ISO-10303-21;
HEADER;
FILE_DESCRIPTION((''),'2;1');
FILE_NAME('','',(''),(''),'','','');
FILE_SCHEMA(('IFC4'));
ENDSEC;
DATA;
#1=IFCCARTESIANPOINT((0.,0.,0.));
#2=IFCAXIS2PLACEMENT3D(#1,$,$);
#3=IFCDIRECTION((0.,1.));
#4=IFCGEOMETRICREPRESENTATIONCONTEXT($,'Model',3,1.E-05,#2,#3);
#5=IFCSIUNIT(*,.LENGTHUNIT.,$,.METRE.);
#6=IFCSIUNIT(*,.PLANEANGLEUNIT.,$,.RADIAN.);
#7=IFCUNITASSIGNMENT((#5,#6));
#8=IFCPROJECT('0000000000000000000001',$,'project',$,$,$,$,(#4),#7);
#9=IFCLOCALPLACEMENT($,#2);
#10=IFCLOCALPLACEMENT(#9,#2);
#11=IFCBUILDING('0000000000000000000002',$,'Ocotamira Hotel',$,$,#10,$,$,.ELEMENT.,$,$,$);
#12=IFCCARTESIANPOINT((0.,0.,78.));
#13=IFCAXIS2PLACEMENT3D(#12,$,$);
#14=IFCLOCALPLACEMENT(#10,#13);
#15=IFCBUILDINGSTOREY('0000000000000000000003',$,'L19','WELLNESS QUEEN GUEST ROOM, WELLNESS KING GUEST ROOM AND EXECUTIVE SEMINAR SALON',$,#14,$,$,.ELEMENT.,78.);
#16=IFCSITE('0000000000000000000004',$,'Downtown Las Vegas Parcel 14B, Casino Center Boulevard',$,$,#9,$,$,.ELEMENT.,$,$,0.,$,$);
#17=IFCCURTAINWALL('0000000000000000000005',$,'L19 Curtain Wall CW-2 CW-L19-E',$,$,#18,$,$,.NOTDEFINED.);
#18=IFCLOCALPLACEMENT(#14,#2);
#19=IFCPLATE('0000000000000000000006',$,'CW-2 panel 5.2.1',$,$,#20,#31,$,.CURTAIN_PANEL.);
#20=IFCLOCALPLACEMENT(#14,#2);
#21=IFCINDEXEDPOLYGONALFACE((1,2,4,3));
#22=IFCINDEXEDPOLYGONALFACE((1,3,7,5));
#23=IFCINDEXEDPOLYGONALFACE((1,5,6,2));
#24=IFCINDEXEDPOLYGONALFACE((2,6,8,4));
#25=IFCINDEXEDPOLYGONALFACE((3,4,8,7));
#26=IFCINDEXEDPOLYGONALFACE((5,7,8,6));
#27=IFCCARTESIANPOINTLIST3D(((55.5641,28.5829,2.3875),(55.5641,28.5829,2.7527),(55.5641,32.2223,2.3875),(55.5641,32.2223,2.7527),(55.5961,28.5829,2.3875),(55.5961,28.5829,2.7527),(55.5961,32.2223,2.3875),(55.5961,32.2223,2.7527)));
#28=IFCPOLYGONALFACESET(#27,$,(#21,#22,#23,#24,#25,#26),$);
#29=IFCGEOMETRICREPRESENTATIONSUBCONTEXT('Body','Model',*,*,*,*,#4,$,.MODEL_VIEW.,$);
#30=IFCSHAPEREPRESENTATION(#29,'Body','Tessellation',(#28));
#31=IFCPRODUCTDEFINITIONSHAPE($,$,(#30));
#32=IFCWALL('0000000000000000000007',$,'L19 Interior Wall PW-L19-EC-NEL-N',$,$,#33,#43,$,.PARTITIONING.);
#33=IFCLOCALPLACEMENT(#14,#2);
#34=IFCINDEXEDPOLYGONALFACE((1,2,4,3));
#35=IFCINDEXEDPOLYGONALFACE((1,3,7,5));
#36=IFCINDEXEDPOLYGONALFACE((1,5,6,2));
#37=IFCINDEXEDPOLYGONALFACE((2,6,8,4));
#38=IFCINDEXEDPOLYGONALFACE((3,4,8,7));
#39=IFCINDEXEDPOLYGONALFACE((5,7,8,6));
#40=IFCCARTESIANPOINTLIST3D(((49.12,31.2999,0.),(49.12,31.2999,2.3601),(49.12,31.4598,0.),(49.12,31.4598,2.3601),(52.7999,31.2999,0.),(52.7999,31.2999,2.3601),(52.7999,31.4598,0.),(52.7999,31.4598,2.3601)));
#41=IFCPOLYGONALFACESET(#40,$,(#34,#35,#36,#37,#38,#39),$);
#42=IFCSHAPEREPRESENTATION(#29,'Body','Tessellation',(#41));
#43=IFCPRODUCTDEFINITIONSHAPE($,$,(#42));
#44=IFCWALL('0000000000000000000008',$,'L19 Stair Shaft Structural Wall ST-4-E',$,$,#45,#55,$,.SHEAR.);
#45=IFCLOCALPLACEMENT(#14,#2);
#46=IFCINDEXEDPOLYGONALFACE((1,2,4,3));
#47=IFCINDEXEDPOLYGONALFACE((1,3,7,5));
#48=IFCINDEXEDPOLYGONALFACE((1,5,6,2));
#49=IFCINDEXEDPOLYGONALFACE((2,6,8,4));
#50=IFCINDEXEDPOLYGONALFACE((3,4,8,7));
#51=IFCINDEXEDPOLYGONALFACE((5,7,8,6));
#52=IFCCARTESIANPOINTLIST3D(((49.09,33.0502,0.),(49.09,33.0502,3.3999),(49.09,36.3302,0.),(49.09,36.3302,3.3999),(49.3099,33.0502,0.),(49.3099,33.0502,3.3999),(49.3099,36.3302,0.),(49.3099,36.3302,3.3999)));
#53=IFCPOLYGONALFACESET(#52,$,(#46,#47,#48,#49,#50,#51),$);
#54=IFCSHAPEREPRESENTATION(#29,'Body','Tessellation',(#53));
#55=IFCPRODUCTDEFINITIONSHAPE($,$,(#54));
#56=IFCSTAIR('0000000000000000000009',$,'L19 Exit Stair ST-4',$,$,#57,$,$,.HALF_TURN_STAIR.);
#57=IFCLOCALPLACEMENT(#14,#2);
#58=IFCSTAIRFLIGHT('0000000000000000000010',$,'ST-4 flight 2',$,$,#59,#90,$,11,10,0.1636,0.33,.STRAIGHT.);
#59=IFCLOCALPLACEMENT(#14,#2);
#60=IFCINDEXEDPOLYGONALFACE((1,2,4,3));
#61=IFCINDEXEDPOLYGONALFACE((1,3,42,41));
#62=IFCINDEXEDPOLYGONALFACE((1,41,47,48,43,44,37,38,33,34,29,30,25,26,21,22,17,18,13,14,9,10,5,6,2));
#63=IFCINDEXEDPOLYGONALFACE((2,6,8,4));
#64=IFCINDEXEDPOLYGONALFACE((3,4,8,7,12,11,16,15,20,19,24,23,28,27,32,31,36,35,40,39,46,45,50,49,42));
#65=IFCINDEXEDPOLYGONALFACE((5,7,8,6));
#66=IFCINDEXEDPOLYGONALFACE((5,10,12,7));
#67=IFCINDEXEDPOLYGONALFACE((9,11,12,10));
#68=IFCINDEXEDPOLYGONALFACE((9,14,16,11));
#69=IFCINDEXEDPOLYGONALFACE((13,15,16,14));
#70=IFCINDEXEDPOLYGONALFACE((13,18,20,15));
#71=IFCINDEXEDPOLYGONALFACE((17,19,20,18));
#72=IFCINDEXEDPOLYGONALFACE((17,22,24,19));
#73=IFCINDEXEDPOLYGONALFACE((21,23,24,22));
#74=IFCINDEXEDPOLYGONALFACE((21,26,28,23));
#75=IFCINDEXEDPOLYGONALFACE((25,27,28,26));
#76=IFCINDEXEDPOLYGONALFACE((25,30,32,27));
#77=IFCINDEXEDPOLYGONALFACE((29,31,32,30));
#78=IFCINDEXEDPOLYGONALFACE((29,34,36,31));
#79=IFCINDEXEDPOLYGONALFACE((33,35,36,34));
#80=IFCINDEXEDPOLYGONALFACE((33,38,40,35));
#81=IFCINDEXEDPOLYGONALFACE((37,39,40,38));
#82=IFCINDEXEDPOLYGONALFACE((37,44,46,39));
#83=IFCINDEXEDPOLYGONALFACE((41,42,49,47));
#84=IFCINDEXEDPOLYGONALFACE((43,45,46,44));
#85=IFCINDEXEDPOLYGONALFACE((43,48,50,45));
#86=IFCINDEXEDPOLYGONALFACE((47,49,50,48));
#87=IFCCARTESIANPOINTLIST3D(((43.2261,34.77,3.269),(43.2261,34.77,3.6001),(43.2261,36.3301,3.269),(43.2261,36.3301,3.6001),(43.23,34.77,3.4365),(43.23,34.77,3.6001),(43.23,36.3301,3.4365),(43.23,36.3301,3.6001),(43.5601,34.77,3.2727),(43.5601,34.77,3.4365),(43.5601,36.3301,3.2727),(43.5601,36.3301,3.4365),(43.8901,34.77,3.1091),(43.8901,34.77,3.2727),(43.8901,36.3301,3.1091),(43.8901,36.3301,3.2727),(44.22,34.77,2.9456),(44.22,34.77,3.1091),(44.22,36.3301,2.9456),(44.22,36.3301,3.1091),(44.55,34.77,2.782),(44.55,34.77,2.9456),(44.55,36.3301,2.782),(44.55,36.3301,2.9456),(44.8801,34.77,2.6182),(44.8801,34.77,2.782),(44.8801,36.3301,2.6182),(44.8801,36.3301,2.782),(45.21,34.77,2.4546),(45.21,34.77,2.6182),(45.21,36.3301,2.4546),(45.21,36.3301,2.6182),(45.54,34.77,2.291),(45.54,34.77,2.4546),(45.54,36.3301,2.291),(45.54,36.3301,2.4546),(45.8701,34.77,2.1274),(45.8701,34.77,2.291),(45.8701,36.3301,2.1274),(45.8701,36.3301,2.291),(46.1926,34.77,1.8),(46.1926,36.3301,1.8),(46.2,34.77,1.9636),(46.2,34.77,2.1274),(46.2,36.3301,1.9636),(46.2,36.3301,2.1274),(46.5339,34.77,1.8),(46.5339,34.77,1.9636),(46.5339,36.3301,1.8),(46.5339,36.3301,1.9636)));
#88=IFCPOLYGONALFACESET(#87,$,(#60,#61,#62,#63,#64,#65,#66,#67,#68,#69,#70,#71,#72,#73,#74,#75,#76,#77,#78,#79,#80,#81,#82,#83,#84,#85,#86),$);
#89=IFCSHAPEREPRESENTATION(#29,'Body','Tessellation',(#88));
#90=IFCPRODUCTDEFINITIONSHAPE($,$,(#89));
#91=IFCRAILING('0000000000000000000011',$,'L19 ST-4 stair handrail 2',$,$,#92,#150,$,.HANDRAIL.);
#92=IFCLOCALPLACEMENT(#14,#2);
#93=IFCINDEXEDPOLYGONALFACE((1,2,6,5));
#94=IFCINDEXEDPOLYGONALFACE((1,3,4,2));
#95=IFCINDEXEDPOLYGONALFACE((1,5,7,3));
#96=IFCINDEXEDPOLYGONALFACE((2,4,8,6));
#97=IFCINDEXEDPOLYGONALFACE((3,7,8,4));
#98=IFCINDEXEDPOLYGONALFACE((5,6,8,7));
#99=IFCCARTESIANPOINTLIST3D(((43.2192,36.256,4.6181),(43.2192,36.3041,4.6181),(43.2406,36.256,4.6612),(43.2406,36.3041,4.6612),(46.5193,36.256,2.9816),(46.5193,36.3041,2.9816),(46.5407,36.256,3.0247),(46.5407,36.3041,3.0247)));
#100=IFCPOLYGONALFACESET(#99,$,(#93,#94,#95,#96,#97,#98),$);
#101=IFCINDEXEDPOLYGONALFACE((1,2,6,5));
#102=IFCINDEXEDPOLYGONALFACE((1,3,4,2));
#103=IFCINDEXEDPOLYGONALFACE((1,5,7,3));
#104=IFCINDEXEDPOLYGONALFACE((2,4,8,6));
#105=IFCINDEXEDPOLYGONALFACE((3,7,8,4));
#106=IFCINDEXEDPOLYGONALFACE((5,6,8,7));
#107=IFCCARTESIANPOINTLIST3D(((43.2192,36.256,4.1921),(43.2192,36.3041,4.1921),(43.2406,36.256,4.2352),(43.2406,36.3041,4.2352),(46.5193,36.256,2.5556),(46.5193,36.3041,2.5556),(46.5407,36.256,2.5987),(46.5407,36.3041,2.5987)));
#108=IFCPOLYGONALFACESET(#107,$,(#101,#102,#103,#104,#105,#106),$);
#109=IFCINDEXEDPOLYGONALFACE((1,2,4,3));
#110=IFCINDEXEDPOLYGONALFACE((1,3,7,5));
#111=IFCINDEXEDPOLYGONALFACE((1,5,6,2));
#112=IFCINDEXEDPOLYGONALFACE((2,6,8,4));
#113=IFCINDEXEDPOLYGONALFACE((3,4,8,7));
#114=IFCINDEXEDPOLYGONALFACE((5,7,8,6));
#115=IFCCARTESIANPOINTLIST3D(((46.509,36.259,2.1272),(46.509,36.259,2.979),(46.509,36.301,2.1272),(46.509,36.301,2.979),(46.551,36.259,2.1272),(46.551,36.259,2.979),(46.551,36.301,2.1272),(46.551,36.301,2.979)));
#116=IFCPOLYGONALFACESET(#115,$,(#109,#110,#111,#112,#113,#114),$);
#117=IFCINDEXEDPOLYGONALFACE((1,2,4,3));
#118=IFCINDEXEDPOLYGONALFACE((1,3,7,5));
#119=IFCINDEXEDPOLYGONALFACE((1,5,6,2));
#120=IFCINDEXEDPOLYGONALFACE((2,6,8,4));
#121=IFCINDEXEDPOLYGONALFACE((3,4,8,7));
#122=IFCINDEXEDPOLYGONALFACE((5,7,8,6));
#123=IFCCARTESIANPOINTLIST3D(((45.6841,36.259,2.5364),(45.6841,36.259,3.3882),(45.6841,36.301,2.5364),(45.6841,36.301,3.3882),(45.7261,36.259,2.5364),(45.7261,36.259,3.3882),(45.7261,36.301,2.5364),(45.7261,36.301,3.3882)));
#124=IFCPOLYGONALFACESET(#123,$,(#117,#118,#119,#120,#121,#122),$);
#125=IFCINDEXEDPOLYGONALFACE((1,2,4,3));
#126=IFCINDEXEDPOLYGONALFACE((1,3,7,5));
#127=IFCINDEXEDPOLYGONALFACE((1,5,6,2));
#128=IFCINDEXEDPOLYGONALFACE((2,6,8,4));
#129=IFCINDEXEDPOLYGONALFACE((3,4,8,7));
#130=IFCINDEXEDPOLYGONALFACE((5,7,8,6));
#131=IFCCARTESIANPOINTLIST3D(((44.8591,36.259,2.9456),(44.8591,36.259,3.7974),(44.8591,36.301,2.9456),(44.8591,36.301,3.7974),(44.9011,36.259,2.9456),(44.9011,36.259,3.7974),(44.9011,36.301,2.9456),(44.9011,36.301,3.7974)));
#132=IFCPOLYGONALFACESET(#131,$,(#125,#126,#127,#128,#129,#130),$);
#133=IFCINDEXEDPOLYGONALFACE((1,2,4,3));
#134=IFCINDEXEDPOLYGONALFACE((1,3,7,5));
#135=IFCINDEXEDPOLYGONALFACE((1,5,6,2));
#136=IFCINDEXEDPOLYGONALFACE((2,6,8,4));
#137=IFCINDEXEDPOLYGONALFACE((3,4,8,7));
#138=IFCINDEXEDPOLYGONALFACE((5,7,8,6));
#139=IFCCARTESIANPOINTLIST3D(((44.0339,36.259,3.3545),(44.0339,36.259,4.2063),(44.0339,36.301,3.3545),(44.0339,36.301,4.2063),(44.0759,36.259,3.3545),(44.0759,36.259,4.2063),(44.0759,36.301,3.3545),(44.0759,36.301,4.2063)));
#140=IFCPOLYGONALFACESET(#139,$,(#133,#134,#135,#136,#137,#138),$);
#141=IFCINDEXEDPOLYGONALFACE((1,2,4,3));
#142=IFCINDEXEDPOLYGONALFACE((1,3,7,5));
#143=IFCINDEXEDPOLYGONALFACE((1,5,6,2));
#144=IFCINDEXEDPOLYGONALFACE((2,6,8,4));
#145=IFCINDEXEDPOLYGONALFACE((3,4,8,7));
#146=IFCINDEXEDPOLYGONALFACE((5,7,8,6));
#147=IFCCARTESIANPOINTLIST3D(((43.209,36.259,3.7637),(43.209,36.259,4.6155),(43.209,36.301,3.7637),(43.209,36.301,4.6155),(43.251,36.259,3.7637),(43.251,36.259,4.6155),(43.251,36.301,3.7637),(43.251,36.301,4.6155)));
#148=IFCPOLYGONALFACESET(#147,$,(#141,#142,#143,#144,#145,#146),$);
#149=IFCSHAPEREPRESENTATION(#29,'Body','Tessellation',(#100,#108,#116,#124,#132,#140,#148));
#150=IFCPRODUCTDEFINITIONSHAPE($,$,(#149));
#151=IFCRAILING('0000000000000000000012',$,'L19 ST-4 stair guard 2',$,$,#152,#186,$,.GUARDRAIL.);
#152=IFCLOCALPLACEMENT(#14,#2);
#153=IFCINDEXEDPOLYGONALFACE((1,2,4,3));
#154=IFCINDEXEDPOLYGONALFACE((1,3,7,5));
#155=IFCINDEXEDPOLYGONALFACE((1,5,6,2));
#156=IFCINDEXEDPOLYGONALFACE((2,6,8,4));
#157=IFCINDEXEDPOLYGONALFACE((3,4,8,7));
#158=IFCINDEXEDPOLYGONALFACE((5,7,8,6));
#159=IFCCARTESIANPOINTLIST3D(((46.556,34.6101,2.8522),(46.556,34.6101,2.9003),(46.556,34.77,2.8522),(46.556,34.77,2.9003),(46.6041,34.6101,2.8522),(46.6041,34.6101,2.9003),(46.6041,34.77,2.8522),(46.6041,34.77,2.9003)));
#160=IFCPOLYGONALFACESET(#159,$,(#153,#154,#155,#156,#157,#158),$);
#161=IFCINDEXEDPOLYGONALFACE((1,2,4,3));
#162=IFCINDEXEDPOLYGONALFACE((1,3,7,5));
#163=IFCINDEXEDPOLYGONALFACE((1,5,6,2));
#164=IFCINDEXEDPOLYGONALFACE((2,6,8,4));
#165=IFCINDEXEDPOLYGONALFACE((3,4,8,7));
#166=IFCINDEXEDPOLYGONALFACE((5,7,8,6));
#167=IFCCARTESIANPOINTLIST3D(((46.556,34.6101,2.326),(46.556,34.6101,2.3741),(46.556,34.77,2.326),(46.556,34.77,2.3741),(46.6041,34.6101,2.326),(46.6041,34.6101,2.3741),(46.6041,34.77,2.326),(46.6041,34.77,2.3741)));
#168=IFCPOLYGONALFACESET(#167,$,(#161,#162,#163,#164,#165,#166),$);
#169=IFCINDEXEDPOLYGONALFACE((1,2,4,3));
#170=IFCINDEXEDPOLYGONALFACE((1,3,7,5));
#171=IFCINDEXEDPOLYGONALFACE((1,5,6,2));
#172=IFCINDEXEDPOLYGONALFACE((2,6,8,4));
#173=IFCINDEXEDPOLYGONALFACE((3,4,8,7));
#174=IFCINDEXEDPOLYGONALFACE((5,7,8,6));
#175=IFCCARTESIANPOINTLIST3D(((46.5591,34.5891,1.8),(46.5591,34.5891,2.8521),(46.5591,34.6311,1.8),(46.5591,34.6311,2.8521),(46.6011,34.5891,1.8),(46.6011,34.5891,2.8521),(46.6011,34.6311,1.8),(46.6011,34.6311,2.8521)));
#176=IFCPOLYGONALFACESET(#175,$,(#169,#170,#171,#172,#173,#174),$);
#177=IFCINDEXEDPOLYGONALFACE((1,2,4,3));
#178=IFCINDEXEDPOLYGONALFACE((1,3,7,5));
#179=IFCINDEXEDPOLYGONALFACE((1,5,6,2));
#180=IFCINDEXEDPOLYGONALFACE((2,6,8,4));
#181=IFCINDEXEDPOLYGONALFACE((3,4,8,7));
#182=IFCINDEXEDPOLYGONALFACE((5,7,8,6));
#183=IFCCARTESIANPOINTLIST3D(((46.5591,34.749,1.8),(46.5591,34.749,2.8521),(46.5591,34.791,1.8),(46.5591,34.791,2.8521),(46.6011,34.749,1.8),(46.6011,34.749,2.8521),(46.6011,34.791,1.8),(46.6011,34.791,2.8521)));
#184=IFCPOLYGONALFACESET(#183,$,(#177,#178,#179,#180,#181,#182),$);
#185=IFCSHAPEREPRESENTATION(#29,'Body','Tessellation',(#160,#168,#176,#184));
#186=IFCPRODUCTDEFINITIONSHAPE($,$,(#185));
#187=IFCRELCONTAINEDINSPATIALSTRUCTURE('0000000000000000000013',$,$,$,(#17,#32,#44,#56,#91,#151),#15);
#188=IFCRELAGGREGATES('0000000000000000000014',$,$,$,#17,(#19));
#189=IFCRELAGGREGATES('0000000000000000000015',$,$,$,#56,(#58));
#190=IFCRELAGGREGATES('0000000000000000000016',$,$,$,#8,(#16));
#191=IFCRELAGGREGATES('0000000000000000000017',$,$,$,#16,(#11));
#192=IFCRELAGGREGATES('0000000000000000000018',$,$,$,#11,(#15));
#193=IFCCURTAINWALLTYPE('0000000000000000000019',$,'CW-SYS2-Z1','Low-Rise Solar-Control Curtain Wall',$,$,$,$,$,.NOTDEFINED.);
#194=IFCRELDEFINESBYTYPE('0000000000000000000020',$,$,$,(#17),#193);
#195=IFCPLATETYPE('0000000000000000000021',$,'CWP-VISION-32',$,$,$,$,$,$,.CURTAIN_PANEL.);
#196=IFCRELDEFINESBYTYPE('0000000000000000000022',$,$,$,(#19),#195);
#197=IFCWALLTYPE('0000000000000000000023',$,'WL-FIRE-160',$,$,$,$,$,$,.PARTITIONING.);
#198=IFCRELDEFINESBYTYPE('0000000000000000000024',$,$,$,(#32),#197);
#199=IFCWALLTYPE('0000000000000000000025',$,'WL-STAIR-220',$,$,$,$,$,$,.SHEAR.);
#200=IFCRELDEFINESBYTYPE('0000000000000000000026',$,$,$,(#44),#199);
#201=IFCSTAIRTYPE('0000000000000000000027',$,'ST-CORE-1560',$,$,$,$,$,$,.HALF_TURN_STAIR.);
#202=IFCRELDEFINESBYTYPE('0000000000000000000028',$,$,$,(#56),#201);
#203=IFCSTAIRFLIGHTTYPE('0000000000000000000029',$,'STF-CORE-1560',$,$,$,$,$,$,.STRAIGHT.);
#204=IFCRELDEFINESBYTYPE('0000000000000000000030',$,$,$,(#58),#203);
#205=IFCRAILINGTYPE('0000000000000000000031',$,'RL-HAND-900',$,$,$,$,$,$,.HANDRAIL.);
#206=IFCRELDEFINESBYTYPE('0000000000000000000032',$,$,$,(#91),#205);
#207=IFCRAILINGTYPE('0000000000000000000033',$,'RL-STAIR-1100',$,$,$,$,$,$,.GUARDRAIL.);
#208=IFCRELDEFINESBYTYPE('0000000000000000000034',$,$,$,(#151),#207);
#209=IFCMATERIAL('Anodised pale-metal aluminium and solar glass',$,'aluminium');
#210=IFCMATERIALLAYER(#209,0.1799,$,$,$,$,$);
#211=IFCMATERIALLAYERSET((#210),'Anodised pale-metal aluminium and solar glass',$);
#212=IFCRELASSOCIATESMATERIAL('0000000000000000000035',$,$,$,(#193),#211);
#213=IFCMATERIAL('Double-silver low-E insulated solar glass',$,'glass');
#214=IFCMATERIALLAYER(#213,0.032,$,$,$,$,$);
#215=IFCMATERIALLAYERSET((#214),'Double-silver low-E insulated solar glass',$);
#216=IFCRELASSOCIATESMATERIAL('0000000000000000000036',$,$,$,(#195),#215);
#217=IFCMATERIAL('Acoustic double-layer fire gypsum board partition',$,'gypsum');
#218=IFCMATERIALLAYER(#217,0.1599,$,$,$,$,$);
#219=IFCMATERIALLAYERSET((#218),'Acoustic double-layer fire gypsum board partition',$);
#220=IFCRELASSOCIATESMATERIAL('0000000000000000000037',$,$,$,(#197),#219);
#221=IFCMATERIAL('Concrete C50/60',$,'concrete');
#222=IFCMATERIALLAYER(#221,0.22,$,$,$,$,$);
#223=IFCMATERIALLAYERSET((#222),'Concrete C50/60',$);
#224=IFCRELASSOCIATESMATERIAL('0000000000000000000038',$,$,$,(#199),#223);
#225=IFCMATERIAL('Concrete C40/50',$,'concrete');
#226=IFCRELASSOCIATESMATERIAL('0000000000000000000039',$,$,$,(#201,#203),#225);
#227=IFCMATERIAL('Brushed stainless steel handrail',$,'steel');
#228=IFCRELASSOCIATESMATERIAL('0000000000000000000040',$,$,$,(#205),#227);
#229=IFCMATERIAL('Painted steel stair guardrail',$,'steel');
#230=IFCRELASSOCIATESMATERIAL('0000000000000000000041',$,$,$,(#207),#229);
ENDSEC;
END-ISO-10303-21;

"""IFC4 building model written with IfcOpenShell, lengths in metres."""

from ifc_helpers import new_model, si_unit, direction, frame, frame_2d, origin, origin_2d, place, context, subcontext, project, spatial, polyline, rectangle, outline, extrude, source, transform, mapped, material, layer, layer_set, type_object, element, aggregate, save


model = new_model("IFC4")

# Units and contexts
model_context = context("Model", 3, precision=1e-05, world=origin(), true_north=direction((0.0, 1.0)))
body_context = subcontext(model_context, "Body", "Model", "MODEL_VIEW")
ifc_project = project(units=[si_unit("LENGTHUNIT", "METRE"), si_unit("PLANEANGLEUNIT", "RADIAN")], contexts=[model_context])

# Site, building, storey
site_placement = place(None, origin())
site = spatial("IfcSite", under=ifc_project, at=site_placement, Name="Downtown Las Vegas Parcel 14B, Casino Center Boulevard", CompositionType="ELEMENT", RefElevation=0.0)
building_placement = place(site_placement, origin())
building = spatial("IfcBuilding", under=site, at=building_placement, Name="Ocotamira Hotel", CompositionType="ELEMENT")
storey_placement = place(building_placement, frame((0.0, 0.0, 78.0)))
storey = spatial("IfcBuildingStorey", under=building, at=storey_placement, Name="L19", Description="WELLNESS QUEEN GUEST ROOM, WELLNESS KING GUEST ROOM AND EXECUTIVE SEMINAR SALON", CompositionType="ELEMENT", Elevation=78.0)

# Curtain wall
ifc_material_1 = material(Name="Anodised pale-metal aluminium and solar glass", Category="aluminium")
ifc_layer_1 = layer(ifc_material_1, 0.1799)
ifc_layer_set_1 = layer_set([ifc_layer_1], Name="Anodised pale-metal aluminium and solar glass")
curtain_wall_type = type_object("IfcCurtainWallType", Name="CW-SYS2-Z1", Description="Low-Rise Solar-Control Curtain Wall", PredefinedType="NOTDEFINED", material=ifc_layer_set_1)
curtain_wall_placement = place(storey_placement, origin())
curtain_wall = element("IfcCurtainWall", 1, at=curtain_wall_placement, inside=storey, type_object=curtain_wall_type, Name="L19 Curtain Wall CW-2 CW-L19-E", PredefinedType="NOTDEFINED")

# Plate
ifc_material_2 = material(Name="Double-silver low-E insulated solar glass", Category="glass")
ifc_layer_2 = layer(ifc_material_2, 0.032)
ifc_layer_set_2 = layer_set([ifc_layer_2], Name="Double-silver low-E insulated solar glass")
plate_type_1 = type_object("IfcPlateType", Name="CWP-VISION-32", PredefinedType="CURTAIN_PANEL", material=ifc_layer_set_2)
shared_shape_1 = source(origin(), body_context, "Body", "SweptSolid", [
    extrude(rectangle(XDim=3.6394, YDim=0.032, at=origin_2d()), origin(), (0.0, 0.0, 1.0), 0.3652),
])
plate_1_placement = place(storey_placement, frame((55.5801, 30.4026, 2.3875), z_axis=(0.0, 0.0, 1.0), x_axis=(0.0, 1.0, 0.0)))
plate_1 = element("IfcPlate", 2, at=plate_1_placement, type_object=plate_type_1, Name="CW-2 panel 5.2.1", PredefinedType="CURTAIN_PANEL", context=body_context, shape_type="MappedRepresentation", body=[
    mapped(shared_shape_1, transform((0.0, 0.0, 0.0), scale=1.0)),
])
aggregate(curtain_wall, [plate_1])

# Wall
ifc_material_3 = material(Name="Acoustic double-layer fire gypsum board partition", Category="gypsum")
ifc_layer_3 = layer(ifc_material_3, 0.1599)
ifc_layer_set_3 = layer_set([ifc_layer_3], Name="Acoustic double-layer fire gypsum board partition")
wall_type_1 = type_object("IfcWallType", Name="WL-FIRE-160", PredefinedType="PARTITIONING", material=ifc_layer_set_3)
wall_1_placement = place(storey_placement, frame((49.1201, 31.3799, 0.0), z_axis=(0.0, 0.0, 1.0), x_axis=(1.0, 0.0, 0.0)))
element("IfcWall", 3, at=wall_1_placement, inside=storey, type_object=wall_type_1, Name="L19 Interior Wall PW-L19-EC-NEL-N", PredefinedType="PARTITIONING", context=body_context, shape_type="SweptSolid", body=[
    extrude(rectangle(XDim=3.6799, YDim=0.1599, at=frame_2d((1.8398, 0.0))), origin(), (0.0, 0.0, 1.0), 2.3601),
])

# Wall
ifc_material_4 = material(Name="Concrete C50/60", Category="concrete")
ifc_layer_4 = layer(ifc_material_4, 0.22)
ifc_layer_set_4 = layer_set([ifc_layer_4], Name="Concrete C50/60")
wall_type_2 = type_object("IfcWallType", Name="WL-STAIR-220", PredefinedType="SHEAR", material=ifc_layer_set_4)
wall_2_placement = place(storey_placement, frame((49.2, 33.05, 0.0), z_axis=(0.0, 0.0, 1.0), x_axis=(0.0, 1.0, 0.0)))
element("IfcWall", 4, at=wall_2_placement, inside=storey, type_object=wall_type_2, Name="L19 Stair Shaft Structural Wall ST-4-E", PredefinedType="SHEAR", context=body_context, shape_type="SweptSolid", body=[
    extrude(rectangle(XDim=3.28, YDim=0.22, at=frame_2d((1.6401, 0.0))), origin(), (0.0, 0.0, 1.0), 3.3999),
])

# Stair, stair flight
ifc_material_5 = material(Name="Concrete C40/50", Category="concrete")
stair_type = type_object("IfcStairType", Name="ST-CORE-1560", PredefinedType="HALF_TURN_STAIR", material=ifc_material_5)
stair_placement = place(storey_placement, origin())
stair = element("IfcStair", 5, at=stair_placement, inside=storey, type_object=stair_type, Name="L19 Exit Stair ST-4", PredefinedType="HALF_TURN_STAIR")
stair_flight_type = type_object("IfcStairFlightType", Name="STF-CORE-1560", PredefinedType="STRAIGHT", material=ifc_material_5)
shared_shape_2 = source(origin(), body_context, "Body", "SweptSolid", [
    extrude(outline(polyline([(-0.0039, 0.0), (-0.0039, 0.1636), (0.3301, 0.1636), (0.3301, 0.3274), (0.6599, 0.3274), (0.6599, 0.491), (0.99, 0.491), (0.99, 0.6545), (1.3201, 0.6545), (1.3201, 0.8181), (1.6499, 0.8181), (1.6499, 0.9819), (1.98, 0.9819), (1.98, 1.1455), (2.3101, 1.1455), (2.3101, 1.3091), (2.6399, 1.3091), (2.6399, 1.4727), (2.97, 1.4727), (2.97, 1.6365), (3.3, 1.6365), (3.3, 1.8), (3.304, 1.8), (3.304, 1.469), (0.3374, 0.0), (-0.0039, 0.0)])), frame((0.0, 0.78, 0.0), z_axis=(0.0, -1.0, 0.0), x_axis=(1.0, 0.0, 0.0)), (0.0, 0.0, 1.0), 1.5601),
])
stair_flight_placement = place(storey_placement, frame((46.53, 35.55, 1.8), z_axis=(0.0, 0.0, 1.0), x_axis=(-1.0, 0.0, 0.0)))
stair_flight = element("IfcStairFlight", 6, at=stair_flight_placement, type_object=stair_flight_type, Name="ST-4 flight 2", NumberOfRisers=11, NumberOfTreads=10, PredefinedType="STRAIGHT", RiserHeight=0.1636, TreadLength=0.33, context=body_context, shape_type="MappedRepresentation", body=[
    mapped(shared_shape_2, transform((0.0, 0.0, 0.0), scale=1.0)),
])
aggregate(stair, [stair_flight])

# Railings
ifc_material_6 = material(Name="Brushed stainless steel handrail", Category="steel")
railing_type_1 = type_object("IfcRailingType", Name="RL-HAND-900", PredefinedType="HANDRAIL", material=ifc_material_6)
railing_1_placement = place(storey_placement, frame((46.53, 36.28, 2.1272)))
element("IfcRailing", 7, at=railing_1_placement, inside=storey, type_object=railing_type_1, Name="L19 ST-4 stair handrail 2", PredefinedType="HANDRAIL", context=body_context, shape_type="SweptSolid", body=[
    extrude(rectangle(XDim=0.0481, YDim=0.0481, at=origin_2d()), frame((0.0, 0.0, 0.876), z_axis=(-0.895894, 0.0, 0.444268), x_axis=(0.0, -1.0, 0.0)), (0.0, 0.0, 1.0), 3.6836),
    extrude(rectangle(XDim=0.0481, YDim=0.0481, at=origin_2d()), frame((0.0, 0.0, 0.45), z_axis=(-0.895894, 0.0, 0.444268), x_axis=(0.0, -1.0, 0.0)), (0.0, 0.0, 1.0), 3.6836),
    extrude(rectangle(XDim=0.042, YDim=0.042, at=origin_2d()), origin(), (0.0, 0.0, 1.0), 0.8518),
    extrude(rectangle(XDim=0.042, YDim=0.042, at=origin_2d()), frame((-0.825, 0.0, 0.4092)), (0.0, 0.0, 1.0), 0.8518),
    extrude(rectangle(XDim=0.042, YDim=0.042, at=origin_2d()), frame((-1.6499, 0.0, 0.8184)), (0.0, 0.0, 1.0), 0.8518),
    extrude(rectangle(XDim=0.042, YDim=0.042, at=origin_2d()), frame((-2.4751, 0.0, 1.2273)), (0.0, 0.0, 1.0), 0.8518),
    extrude(rectangle(XDim=0.042, YDim=0.042, at=origin_2d()), frame((-3.3, 0.0, 1.6365)), (0.0, 0.0, 1.0), 0.8518),
])
ifc_material_7 = material(Name="Painted steel stair guardrail", Category="steel")
railing_type_2 = type_object("IfcRailingType", Name="RL-STAIR-1100", PredefinedType="GUARDRAIL", material=ifc_material_7)
railing_2_placement = place(storey_placement, frame((46.5801, 34.6101, 1.8)))
element("IfcRailing", 8, at=railing_2_placement, inside=storey, type_object=railing_type_2, Name="L19 ST-4 stair guard 2", PredefinedType="GUARDRAIL", context=body_context, shape_type="SweptSolid", body=[
    extrude(rectangle(XDim=0.0481, YDim=0.0481, at=origin_2d()), frame((0.0, 0.0, 1.0762), z_axis=(0.0, 1.0, 0.0), x_axis=(-1.0, 0.0, 0.0)), (0.0, 0.0, 1.0), 0.1599),
    extrude(rectangle(XDim=0.0481, YDim=0.0481, at=origin_2d()), frame((0.0, 0.0, 0.55), z_axis=(0.0, 1.0, 0.0), x_axis=(-1.0, 0.0, 0.0)), (0.0, 0.0, 1.0), 0.1599),
    extrude(rectangle(XDim=0.042, YDim=0.042, at=origin_2d()), origin(), (0.0, 0.0, 1.0), 1.052),
    extrude(rectangle(XDim=0.042, YDim=0.042, at=origin_2d()), frame((0.0, 0.1599, 0.0)), (0.0, 0.0, 1.0), 1.052),
])

save(model, "model.ifc")
